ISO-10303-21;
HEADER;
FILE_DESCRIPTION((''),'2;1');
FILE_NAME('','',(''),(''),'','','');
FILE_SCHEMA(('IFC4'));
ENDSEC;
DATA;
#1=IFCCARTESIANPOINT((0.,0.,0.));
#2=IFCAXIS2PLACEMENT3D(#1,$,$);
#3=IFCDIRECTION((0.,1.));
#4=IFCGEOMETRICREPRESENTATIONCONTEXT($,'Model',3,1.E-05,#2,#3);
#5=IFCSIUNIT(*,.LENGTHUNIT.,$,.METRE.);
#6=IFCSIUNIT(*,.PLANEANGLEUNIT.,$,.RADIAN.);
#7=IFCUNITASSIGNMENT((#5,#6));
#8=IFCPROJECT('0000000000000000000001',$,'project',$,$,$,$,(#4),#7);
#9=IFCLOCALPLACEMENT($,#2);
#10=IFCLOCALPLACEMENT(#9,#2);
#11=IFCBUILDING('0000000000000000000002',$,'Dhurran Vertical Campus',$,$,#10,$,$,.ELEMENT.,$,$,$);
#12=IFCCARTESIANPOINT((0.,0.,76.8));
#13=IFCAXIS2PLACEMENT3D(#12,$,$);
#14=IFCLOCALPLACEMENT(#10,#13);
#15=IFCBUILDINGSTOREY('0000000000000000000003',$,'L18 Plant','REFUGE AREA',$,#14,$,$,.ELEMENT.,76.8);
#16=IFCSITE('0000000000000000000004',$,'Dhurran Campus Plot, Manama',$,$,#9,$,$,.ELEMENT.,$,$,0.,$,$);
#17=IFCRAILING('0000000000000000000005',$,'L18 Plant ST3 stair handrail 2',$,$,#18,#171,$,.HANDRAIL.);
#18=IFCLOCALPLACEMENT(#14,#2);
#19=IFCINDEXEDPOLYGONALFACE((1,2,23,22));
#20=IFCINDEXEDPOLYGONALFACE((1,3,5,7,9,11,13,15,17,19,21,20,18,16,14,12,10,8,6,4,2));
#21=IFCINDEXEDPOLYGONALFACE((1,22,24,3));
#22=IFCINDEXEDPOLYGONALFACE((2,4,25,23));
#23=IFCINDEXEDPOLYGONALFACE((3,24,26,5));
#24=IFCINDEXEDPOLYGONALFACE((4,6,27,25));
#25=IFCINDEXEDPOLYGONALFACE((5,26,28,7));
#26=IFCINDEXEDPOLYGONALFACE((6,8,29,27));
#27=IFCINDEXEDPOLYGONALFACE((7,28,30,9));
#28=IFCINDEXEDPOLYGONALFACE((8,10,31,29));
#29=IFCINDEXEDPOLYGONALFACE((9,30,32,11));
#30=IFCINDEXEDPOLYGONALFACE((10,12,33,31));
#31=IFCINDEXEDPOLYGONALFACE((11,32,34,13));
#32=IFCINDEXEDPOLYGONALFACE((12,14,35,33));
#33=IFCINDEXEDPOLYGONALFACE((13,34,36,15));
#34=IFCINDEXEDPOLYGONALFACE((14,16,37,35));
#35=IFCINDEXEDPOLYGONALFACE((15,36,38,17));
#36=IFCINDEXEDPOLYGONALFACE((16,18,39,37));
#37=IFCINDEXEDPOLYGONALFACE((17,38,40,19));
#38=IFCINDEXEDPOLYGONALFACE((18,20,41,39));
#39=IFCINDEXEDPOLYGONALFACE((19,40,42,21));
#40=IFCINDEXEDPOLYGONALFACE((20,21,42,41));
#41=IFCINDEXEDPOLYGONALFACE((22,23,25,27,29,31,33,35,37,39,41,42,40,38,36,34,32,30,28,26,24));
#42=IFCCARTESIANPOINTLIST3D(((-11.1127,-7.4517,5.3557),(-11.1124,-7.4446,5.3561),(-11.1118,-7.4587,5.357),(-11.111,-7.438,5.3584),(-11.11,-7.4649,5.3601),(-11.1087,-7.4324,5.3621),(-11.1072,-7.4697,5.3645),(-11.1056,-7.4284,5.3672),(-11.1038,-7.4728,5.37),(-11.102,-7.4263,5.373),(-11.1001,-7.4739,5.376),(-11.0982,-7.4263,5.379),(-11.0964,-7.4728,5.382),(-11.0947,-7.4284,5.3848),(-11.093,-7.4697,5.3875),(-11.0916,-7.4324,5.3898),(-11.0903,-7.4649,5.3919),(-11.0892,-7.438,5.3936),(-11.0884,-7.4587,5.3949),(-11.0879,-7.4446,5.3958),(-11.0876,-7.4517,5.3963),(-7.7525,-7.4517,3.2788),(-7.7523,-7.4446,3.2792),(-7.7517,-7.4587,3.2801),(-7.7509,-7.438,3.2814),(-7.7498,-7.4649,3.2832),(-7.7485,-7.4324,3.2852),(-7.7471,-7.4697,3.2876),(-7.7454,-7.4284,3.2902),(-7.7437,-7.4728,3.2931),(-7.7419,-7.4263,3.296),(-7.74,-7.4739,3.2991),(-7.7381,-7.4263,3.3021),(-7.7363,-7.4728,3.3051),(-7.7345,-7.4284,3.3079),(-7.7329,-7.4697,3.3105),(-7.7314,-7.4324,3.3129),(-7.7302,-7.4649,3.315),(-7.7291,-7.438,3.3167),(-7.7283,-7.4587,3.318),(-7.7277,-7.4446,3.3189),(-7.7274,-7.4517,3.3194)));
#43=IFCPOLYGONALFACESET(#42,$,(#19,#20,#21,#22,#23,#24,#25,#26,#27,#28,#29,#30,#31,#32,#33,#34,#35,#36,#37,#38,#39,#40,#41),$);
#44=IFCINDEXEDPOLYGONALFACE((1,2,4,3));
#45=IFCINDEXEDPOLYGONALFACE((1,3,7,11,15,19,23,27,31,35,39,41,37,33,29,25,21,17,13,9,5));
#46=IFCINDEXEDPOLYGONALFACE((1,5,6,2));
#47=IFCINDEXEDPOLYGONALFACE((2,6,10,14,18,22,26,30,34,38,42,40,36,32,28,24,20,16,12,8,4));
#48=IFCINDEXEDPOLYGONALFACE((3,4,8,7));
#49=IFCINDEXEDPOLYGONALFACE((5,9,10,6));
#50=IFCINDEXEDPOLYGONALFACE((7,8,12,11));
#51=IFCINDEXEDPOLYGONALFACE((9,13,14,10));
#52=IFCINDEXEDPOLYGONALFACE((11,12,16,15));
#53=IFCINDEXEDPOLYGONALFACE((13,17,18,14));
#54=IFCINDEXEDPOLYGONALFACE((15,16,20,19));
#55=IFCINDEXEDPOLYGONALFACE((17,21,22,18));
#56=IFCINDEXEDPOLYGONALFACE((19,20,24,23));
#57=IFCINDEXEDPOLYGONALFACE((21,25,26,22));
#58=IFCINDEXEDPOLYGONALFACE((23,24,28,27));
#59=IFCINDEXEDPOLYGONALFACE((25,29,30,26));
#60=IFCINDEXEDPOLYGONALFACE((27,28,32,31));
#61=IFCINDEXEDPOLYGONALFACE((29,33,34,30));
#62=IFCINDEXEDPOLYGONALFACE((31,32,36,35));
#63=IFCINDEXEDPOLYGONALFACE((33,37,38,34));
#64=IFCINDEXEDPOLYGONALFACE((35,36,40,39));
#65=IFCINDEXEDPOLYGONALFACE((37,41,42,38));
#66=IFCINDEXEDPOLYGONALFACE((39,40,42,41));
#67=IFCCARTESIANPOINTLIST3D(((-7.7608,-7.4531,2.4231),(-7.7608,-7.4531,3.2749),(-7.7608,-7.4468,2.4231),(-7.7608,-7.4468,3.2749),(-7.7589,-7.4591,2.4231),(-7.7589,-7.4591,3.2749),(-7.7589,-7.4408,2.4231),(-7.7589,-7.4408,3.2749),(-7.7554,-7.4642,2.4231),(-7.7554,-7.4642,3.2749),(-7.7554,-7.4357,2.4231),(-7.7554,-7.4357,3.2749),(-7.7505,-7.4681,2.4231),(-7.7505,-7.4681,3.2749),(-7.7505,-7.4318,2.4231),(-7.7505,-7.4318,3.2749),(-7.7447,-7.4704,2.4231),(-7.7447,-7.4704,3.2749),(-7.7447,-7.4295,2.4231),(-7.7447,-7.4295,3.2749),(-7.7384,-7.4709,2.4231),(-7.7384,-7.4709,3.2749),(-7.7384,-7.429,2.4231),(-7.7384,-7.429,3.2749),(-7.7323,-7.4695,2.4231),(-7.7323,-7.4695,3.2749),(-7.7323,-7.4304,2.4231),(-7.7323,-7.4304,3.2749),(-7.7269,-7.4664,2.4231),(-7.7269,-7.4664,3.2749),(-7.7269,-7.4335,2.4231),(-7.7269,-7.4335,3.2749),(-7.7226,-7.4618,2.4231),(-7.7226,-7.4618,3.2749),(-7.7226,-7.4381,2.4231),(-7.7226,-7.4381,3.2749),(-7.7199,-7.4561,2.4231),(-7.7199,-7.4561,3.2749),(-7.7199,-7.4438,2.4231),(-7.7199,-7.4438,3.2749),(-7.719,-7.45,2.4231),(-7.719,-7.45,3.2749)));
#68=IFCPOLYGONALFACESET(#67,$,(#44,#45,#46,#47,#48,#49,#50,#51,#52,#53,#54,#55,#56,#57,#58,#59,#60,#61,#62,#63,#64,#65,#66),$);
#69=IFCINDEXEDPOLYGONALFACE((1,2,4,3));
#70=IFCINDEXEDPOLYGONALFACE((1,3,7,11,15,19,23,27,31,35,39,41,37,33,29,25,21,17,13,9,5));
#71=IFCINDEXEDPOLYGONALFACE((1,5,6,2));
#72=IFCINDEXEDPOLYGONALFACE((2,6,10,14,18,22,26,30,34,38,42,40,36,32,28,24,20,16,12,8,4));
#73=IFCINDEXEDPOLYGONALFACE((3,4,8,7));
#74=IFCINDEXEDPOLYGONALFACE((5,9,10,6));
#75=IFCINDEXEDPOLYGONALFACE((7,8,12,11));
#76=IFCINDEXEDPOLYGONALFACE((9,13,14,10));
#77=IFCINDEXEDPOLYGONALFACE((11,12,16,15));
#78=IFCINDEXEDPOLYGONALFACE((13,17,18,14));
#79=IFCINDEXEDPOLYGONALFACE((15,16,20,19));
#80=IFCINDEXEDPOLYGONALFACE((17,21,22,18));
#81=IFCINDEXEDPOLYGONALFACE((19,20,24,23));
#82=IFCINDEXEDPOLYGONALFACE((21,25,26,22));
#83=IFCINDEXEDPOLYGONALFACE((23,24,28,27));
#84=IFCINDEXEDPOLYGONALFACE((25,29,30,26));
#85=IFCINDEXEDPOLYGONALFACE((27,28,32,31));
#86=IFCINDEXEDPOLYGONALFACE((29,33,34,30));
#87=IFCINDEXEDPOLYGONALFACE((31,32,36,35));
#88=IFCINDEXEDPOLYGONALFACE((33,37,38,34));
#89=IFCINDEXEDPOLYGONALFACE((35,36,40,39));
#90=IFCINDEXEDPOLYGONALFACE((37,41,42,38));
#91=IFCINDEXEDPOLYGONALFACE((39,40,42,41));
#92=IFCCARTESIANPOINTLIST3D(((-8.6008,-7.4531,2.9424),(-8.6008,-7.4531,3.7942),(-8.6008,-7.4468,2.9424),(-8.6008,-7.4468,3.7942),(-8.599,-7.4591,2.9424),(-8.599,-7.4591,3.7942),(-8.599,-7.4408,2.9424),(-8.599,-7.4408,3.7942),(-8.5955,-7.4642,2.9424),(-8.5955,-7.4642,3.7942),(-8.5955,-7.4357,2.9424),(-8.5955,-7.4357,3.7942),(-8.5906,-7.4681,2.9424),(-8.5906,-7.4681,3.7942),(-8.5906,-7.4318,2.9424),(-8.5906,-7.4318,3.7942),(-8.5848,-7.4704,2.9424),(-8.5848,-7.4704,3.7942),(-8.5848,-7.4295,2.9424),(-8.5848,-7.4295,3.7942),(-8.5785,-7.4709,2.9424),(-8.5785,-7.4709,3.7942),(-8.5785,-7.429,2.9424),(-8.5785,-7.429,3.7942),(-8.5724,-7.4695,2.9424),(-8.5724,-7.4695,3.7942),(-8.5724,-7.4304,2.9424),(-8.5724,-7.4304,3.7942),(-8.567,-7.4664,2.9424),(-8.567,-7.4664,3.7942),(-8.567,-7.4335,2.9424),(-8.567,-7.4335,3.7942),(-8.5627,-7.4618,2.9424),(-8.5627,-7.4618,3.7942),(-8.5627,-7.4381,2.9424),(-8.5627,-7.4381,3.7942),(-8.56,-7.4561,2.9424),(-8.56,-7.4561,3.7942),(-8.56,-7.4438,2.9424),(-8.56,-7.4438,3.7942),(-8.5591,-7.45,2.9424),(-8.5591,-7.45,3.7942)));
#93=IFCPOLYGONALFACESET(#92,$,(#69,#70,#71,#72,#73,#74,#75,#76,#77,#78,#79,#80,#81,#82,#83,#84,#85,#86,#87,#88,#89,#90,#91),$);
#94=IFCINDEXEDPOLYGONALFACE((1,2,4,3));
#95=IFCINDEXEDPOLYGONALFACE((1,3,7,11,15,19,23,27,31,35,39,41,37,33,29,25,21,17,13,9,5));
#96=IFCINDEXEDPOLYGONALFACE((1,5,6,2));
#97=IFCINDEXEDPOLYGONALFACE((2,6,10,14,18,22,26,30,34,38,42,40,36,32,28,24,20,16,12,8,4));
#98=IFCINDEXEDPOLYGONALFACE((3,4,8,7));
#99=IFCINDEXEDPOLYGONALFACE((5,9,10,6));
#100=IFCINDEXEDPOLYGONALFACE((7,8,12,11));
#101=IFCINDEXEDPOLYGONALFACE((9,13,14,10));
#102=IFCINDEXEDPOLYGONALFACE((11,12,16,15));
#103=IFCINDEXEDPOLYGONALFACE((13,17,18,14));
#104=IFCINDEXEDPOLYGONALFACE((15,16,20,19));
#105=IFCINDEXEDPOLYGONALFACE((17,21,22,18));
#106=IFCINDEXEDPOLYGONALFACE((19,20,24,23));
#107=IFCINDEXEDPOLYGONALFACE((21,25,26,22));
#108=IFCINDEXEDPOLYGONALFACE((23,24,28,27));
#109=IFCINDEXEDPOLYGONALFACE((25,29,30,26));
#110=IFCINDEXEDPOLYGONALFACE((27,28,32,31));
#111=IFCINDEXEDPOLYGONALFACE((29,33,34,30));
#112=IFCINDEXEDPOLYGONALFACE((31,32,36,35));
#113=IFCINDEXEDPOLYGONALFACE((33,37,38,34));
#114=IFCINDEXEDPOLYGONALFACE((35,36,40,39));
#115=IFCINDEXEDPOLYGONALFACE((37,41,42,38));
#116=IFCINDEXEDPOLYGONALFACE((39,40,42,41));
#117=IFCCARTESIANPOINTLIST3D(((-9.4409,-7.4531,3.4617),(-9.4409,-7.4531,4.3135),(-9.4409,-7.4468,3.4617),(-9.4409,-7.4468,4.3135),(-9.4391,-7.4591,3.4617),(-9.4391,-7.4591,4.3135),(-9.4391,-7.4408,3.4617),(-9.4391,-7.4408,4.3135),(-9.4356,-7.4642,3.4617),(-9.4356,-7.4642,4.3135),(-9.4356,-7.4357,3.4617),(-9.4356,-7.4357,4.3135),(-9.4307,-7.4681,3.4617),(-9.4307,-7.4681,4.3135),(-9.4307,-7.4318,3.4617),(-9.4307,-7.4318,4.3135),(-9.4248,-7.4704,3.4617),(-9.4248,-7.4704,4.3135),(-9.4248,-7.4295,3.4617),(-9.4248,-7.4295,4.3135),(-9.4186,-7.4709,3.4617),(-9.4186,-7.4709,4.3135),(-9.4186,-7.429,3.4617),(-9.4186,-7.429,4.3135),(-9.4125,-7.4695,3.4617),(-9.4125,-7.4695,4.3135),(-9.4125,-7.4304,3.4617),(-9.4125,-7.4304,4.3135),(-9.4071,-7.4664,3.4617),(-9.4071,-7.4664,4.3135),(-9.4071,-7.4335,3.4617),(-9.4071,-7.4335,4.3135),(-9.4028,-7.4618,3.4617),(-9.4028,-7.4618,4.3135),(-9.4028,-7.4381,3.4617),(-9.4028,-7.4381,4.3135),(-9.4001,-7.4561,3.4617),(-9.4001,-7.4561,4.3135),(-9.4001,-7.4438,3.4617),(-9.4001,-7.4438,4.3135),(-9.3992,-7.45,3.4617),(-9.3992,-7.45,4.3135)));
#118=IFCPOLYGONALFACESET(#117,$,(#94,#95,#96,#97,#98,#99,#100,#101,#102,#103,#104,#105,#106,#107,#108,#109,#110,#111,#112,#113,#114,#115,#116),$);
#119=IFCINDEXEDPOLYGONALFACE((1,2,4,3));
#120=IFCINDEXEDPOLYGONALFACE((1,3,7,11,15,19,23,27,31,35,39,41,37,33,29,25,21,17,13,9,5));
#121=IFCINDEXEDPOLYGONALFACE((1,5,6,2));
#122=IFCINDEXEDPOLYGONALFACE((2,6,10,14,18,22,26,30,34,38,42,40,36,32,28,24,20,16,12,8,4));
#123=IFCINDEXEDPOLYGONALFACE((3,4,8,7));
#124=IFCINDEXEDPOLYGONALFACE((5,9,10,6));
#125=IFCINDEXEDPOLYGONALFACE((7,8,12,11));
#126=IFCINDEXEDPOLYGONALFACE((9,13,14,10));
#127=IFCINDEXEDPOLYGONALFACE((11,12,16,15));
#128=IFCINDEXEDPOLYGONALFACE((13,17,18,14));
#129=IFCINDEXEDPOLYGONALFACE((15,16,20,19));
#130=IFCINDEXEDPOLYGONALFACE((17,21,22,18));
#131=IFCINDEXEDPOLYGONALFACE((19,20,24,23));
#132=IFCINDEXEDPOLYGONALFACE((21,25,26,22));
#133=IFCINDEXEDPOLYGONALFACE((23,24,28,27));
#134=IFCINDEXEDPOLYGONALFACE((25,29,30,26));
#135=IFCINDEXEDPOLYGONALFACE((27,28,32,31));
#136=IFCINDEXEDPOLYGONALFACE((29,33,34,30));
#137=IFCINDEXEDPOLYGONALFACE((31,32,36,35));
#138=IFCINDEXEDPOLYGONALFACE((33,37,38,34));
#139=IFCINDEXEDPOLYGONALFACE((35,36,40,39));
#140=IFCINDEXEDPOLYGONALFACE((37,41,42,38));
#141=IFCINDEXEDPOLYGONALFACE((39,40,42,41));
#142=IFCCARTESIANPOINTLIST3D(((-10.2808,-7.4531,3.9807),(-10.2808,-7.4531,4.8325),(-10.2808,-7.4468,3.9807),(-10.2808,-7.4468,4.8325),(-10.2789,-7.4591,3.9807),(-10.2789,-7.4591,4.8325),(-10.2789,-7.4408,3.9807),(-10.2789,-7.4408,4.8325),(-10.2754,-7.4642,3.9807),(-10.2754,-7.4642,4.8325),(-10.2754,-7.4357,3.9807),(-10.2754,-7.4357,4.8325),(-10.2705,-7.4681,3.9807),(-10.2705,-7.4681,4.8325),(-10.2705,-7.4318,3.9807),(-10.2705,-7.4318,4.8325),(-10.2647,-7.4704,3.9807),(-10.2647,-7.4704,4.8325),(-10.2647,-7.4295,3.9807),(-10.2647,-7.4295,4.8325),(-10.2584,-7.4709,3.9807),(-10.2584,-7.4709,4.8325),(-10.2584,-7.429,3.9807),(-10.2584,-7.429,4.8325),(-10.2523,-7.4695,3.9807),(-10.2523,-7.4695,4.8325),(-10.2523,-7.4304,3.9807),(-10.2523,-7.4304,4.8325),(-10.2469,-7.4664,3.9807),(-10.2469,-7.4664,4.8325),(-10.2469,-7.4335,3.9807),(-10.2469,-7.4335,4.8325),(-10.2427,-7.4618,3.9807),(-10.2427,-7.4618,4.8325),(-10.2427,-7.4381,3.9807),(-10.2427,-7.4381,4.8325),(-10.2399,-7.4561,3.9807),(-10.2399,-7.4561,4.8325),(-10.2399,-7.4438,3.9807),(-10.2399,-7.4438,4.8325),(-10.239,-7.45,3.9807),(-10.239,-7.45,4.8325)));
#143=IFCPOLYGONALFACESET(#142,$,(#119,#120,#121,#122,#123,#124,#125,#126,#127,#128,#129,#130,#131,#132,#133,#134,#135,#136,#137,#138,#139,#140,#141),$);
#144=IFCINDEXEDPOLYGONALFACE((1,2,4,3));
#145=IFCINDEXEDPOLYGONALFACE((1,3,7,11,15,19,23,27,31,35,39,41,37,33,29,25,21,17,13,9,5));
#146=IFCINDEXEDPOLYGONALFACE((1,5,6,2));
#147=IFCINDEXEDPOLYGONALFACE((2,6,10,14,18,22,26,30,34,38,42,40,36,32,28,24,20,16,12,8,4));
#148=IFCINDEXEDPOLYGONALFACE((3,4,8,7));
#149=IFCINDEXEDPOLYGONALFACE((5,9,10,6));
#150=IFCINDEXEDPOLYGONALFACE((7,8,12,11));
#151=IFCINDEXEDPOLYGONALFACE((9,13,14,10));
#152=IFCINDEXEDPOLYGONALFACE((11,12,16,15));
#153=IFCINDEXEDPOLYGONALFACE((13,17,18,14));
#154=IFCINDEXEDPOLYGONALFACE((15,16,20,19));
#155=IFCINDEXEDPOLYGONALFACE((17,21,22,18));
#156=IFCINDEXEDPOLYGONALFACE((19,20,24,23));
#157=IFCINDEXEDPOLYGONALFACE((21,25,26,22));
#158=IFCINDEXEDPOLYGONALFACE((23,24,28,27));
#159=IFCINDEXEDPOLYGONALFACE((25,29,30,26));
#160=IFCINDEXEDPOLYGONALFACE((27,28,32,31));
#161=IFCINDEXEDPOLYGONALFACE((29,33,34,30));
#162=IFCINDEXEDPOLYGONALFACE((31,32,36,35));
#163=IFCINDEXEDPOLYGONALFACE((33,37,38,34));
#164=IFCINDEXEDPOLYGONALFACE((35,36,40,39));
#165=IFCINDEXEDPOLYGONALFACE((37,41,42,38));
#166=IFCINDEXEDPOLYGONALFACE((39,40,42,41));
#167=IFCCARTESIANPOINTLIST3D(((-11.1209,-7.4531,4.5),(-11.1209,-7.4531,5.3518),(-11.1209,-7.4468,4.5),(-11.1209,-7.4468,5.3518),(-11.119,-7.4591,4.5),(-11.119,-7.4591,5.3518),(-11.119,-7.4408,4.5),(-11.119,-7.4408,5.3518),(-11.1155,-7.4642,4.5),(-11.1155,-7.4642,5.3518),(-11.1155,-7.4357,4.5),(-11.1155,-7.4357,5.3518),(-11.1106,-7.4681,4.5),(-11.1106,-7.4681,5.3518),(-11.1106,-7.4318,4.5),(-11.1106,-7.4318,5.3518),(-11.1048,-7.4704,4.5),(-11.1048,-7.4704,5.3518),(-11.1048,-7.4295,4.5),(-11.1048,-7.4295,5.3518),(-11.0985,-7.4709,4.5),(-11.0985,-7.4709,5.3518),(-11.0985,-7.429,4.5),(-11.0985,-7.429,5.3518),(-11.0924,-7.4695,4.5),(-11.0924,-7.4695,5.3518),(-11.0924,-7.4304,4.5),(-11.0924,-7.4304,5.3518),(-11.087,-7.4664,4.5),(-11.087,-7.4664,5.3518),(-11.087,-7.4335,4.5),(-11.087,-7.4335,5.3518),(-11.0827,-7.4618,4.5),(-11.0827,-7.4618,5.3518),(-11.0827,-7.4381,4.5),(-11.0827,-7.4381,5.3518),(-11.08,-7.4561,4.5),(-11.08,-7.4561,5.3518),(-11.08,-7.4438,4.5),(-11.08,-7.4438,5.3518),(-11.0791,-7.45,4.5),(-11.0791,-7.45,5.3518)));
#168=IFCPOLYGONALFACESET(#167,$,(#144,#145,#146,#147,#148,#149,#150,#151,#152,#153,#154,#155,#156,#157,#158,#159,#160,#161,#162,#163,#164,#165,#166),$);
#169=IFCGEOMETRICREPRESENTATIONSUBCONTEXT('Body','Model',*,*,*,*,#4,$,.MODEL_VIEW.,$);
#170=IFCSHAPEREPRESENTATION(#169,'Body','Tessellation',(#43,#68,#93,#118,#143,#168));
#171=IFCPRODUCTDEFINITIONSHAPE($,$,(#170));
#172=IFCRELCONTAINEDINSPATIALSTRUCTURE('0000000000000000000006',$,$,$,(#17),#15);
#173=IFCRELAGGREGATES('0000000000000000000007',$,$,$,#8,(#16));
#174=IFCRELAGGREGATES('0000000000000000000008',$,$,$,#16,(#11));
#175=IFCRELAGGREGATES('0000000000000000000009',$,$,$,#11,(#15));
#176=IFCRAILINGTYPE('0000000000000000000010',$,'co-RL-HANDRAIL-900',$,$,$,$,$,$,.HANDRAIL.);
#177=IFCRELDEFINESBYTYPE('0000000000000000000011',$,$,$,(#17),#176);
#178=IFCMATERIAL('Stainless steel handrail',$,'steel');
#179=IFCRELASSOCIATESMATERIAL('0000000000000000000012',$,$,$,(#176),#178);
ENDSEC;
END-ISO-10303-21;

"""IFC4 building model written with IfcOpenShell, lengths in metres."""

from ifc_helpers import new_model, si_unit, direction, frame, origin, origin_2d, place, context, subcontext, project, spatial, circle, extrude, material, type_object, element, save


model = new_model("IFC4")

# Units and contexts
model_context = context("Model", 3, precision=1e-05, world=origin(), true_north=direction((0.0, 1.0)))
body_context = subcontext(model_context, "Body", "Model", "MODEL_VIEW")
ifc_project = project(units=[si_unit("LENGTHUNIT", "METRE"), si_unit("PLANEANGLEUNIT", "RADIAN")], contexts=[model_context])

# Site, building, storey
site_placement = place(None, origin())
site = spatial("IfcSite", under=ifc_project, at=site_placement, Name="Dhurran Campus Plot, Manama", CompositionType="ELEMENT", RefElevation=0.0)
building_placement = place(site_placement, origin())
building = spatial("IfcBuilding", under=site, at=building_placement, Name="Dhurran Vertical Campus", CompositionType="ELEMENT")
storey_placement = place(building_placement, frame((0.0, 0.0, 76.8)))
storey = spatial("IfcBuildingStorey", under=building, at=storey_placement, Name="L18 Plant", Description="REFUGE AREA", CompositionType="ELEMENT", Elevation=76.8)

# Railing
ifc_material_1 = material(Name="Stainless steel handrail", Category="steel")
railing_type_1 = type_object("IfcRailingType", Name="co-RL-HANDRAIL-900", PredefinedType="HANDRAIL", material=ifc_material_1)
railing_1_placement = place(storey_placement, frame((-7.74, -7.45, 2.4231)))
element("IfcRailing", 1, at=railing_1_placement, inside=storey, type_object=railing_type_1, Name="L18 Plant ST3 stair handrail 2", PredefinedType="HANDRAIL", context=body_context, shape_type="SweptSolid", body=[
    extrude(circle(Radius=0.0239, at=origin_2d()), frame((0.0, 0.0, 0.876), z_axis=(-0.850623, 0.0, 0.525776), x_axis=(0.0, -1.0, 0.0)), (0.0, 0.0, 1.0), 3.9502),
    extrude(circle(Radius=0.021, at=origin_2d()), origin(), (0.0, 0.0, 1.0), 0.8518),
    extrude(circle(Radius=0.021, at=origin_2d()), frame((-0.8401, 0.0, 0.5193)), (0.0, 0.0, 1.0), 0.8518),
    extrude(circle(Radius=0.021, at=origin_2d()), frame((-1.6802, 0.0, 1.0386)), (0.0, 0.0, 1.0), 0.8518),
    extrude(circle(Radius=0.021, at=origin_2d()), frame((-2.52, 0.0, 1.5576)), (0.0, 0.0, 1.0), 0.8518),
    extrude(circle(Radius=0.021, at=origin_2d()), frame((-3.3601, 0.0, 2.0769)), (0.0, 0.0, 1.0), 0.8518),
])

save(model, "model.ifc")
